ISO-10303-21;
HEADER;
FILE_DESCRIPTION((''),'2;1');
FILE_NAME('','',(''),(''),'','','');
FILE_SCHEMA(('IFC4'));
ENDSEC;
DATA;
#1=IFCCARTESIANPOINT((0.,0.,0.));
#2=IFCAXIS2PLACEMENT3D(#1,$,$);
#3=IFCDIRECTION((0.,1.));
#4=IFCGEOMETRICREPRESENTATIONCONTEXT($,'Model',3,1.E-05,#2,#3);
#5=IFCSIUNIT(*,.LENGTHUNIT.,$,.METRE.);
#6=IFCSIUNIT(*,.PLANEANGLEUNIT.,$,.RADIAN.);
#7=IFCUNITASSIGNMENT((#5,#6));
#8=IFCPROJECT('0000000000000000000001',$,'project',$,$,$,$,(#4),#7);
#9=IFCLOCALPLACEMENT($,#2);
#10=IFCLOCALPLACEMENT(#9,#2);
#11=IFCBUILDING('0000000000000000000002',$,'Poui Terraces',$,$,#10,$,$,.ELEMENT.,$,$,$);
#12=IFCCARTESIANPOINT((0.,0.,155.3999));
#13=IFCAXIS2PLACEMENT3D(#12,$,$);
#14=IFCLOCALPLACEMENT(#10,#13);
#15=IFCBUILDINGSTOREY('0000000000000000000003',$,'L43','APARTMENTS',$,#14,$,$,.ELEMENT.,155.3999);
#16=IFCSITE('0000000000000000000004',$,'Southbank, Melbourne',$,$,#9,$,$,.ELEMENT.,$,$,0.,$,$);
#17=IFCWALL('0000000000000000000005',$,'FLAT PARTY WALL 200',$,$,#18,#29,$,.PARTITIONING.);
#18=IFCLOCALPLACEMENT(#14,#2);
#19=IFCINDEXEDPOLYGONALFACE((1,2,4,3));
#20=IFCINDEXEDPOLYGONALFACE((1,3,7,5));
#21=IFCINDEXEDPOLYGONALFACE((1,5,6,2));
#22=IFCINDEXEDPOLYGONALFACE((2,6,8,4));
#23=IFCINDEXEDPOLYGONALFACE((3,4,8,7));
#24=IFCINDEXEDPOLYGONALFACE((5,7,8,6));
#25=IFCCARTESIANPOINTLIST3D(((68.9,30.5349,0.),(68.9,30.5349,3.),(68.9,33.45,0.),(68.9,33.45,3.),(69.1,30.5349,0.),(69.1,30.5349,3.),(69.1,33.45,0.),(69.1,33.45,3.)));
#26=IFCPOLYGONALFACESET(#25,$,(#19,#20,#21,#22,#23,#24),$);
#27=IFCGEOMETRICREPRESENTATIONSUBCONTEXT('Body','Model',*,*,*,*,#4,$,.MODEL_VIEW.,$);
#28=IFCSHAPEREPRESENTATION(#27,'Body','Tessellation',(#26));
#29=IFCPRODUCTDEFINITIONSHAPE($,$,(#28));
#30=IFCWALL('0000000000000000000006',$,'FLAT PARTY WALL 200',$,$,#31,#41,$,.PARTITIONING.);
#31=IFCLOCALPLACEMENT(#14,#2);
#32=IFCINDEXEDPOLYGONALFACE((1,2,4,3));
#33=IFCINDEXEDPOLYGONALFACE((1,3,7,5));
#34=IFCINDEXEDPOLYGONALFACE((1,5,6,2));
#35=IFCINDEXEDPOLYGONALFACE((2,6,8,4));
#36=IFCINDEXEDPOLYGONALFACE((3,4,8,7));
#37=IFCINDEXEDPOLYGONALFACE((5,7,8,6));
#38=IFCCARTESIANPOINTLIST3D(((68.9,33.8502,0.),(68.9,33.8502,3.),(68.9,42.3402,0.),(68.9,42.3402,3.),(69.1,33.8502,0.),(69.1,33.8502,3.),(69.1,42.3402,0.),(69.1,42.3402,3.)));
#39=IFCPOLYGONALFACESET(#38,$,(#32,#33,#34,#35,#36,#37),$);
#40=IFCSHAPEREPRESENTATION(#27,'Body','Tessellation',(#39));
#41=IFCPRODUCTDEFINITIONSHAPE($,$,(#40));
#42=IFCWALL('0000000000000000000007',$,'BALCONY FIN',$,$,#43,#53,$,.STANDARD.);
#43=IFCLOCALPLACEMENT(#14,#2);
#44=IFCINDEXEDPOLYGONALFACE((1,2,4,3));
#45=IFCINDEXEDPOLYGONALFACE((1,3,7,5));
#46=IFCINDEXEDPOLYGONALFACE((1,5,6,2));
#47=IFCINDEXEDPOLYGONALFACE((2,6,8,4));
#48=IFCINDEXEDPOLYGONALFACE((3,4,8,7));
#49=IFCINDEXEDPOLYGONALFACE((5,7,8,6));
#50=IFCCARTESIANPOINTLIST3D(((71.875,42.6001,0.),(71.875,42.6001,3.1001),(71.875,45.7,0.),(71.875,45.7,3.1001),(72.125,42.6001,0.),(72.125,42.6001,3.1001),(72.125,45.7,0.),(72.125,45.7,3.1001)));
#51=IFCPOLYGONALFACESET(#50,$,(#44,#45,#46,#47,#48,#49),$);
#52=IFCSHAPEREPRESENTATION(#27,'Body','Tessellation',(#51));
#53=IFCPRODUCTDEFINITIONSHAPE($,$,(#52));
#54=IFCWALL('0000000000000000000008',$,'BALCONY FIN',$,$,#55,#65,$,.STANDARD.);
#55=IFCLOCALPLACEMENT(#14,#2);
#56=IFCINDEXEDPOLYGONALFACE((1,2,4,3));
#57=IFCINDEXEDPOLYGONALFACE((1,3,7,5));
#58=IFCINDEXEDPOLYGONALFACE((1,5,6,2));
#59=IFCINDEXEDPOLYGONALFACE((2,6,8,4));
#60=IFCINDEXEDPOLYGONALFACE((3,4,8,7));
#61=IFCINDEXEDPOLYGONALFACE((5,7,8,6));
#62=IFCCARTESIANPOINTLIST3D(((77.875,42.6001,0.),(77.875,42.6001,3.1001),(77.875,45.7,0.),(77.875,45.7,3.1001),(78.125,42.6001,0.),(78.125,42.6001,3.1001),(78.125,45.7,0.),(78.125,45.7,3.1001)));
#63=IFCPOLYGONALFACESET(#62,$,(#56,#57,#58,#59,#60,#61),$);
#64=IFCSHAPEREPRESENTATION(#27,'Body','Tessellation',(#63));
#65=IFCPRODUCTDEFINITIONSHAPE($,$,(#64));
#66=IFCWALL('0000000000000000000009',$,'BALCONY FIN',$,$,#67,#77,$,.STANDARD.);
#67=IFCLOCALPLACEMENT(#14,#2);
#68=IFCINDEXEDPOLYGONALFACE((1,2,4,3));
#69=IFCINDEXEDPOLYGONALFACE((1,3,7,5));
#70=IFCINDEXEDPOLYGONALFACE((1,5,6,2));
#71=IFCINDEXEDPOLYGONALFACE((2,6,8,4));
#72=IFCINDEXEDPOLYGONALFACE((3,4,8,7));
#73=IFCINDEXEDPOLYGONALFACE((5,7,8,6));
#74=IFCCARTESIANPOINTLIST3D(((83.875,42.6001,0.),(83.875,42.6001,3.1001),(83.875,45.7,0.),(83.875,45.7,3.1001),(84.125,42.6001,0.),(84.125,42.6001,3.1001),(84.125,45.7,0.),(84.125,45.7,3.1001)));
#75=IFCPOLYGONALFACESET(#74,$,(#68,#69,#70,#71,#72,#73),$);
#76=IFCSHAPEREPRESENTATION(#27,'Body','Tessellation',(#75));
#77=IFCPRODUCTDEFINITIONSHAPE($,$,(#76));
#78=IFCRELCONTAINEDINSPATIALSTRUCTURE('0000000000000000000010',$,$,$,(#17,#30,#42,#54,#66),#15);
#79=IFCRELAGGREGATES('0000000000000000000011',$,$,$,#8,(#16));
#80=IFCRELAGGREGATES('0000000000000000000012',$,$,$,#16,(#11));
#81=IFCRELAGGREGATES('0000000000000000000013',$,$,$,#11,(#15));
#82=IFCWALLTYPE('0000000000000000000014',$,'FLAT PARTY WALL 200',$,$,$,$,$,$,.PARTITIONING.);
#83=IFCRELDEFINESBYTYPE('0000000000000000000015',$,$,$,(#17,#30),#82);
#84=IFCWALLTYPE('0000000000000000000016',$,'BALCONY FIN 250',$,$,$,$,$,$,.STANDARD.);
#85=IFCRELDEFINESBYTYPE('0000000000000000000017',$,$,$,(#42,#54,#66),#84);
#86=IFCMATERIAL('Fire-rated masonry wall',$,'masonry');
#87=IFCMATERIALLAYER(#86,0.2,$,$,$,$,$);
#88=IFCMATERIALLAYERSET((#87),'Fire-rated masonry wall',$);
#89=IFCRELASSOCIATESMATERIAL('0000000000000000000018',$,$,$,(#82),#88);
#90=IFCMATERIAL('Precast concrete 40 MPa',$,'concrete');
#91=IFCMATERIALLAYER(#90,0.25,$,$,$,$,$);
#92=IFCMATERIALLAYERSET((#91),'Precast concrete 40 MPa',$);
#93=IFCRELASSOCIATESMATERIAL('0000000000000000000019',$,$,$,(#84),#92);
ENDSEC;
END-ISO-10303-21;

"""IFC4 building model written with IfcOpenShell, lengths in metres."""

from ifc_helpers import new_model, si_unit, direction, frame, frame_2d, origin, place, context, subcontext, project, spatial, polyline, rectangle, outline, extrude, source, transform, mapped, material, layer, layer_set, type_object, element, save


model = new_model("IFC4")

# Units and contexts
model_context = context("Model", 3, precision=1e-05, world=origin(), true_north=direction((0.0, 1.0)))
body_context = subcontext(model_context, "Body", "Model", "MODEL_VIEW")
ifc_project = project(units=[si_unit("LENGTHUNIT", "METRE"), si_unit("PLANEANGLEUNIT", "RADIAN")], contexts=[model_context])

# Site, building, storey
site_placement = place(None, origin())
site = spatial("IfcSite", under=ifc_project, at=site_placement, Name="Southbank, Melbourne", CompositionType="ELEMENT", RefElevation=0.0)
building_placement = place(site_placement, origin())
building = spatial("IfcBuilding", under=site, at=building_placement, Name="Poui Terraces", CompositionType="ELEMENT")
storey_placement = place(building_placement, frame((0.0, 0.0, 155.3999)))
storey = spatial("IfcBuildingStorey", under=building, at=storey_placement, Name="L43", Description="APARTMENTS", CompositionType="ELEMENT", Elevation=155.3999)

# Walls
ifc_material_1 = material(Name="Fire-rated masonry wall", Category="masonry")
ifc_layer_1 = layer(ifc_material_1, 0.2)
ifc_layer_set_1 = layer_set([ifc_layer_1], Name="Fire-rated masonry wall")
wall_type_1 = type_object("IfcWallType", Name="FLAT PARTY WALL 200", PredefinedType="PARTITIONING", material=ifc_layer_set_1)
wall_1_placement = place(storey_placement, frame((69.0, 30.5349, 0.0), z_axis=(0.0, 0.0, 1.0), x_axis=(0.0, 1.0, 0.0)))
element("IfcWall", 1, at=wall_1_placement, inside=storey, type_object=wall_type_1, Name="FLAT PARTY WALL 200", PredefinedType="PARTITIONING", context=body_context, shape_type="SweptSolid", body=[
    extrude(rectangle(XDim=2.915, YDim=0.2, at=frame_2d((1.4575, 0.0))), origin(), (0.0, 0.0, 1.0), 3.0),
])
wall_2_placement = place(storey_placement, frame((69.0, 33.8501, 0.0), z_axis=(0.0, 0.0, 1.0), x_axis=(0.0, 1.0, 0.0)))
element("IfcWall", 2, at=wall_2_placement, inside=storey, type_object=wall_type_1, Name="FLAT PARTY WALL 200", PredefinedType="PARTITIONING", context=body_context, shape_type="SweptSolid", body=[
    extrude(rectangle(XDim=8.49, YDim=0.2, at=frame_2d((4.2451, 0.0))), origin(), (0.0, 0.0, 1.0), 3.0),
])
ifc_material_2 = material(Name="Precast concrete 40 MPa", Category="concrete")
ifc_layer_2 = layer(ifc_material_2, 0.25)
ifc_layer_set_2 = layer_set([ifc_layer_2], Name="Precast concrete 40 MPa")
wall_type_2 = type_object("IfcWallType", Name="BALCONY FIN 250", PredefinedType="STANDARD", material=ifc_layer_set_2)
shared_shape_1 = source(origin(), body_context, "Body", "SweptSolid", [
    extrude(outline(polyline([(0.0, 0.0), (0.25, 0.0), (0.25, 3.0999), (0.0, 3.0999), (0.0, 0.0)])), origin(), (0.0, 0.0, 1.0), 3.1001),
])
for number, where, name in (
    (3, (71.875, 42.6001, 0.0), "BALCONY FIN"),
    (4, (77.875, 42.6001, 0.0), "BALCONY FIN"),
    (5, (83.875, 42.6001, 0.0), "BALCONY FIN"),
):
    element("IfcWall", number, at=place(storey_placement, frame(where)), inside=storey, type_object=wall_type_2, Name=name, PredefinedType="STANDARD", context=body_context, shape_type="MappedRepresentation", body=[
        mapped(shared_shape_1, transform((0.0, 0.0, 0.0))),
    ])

save(model, "model.ifc")
